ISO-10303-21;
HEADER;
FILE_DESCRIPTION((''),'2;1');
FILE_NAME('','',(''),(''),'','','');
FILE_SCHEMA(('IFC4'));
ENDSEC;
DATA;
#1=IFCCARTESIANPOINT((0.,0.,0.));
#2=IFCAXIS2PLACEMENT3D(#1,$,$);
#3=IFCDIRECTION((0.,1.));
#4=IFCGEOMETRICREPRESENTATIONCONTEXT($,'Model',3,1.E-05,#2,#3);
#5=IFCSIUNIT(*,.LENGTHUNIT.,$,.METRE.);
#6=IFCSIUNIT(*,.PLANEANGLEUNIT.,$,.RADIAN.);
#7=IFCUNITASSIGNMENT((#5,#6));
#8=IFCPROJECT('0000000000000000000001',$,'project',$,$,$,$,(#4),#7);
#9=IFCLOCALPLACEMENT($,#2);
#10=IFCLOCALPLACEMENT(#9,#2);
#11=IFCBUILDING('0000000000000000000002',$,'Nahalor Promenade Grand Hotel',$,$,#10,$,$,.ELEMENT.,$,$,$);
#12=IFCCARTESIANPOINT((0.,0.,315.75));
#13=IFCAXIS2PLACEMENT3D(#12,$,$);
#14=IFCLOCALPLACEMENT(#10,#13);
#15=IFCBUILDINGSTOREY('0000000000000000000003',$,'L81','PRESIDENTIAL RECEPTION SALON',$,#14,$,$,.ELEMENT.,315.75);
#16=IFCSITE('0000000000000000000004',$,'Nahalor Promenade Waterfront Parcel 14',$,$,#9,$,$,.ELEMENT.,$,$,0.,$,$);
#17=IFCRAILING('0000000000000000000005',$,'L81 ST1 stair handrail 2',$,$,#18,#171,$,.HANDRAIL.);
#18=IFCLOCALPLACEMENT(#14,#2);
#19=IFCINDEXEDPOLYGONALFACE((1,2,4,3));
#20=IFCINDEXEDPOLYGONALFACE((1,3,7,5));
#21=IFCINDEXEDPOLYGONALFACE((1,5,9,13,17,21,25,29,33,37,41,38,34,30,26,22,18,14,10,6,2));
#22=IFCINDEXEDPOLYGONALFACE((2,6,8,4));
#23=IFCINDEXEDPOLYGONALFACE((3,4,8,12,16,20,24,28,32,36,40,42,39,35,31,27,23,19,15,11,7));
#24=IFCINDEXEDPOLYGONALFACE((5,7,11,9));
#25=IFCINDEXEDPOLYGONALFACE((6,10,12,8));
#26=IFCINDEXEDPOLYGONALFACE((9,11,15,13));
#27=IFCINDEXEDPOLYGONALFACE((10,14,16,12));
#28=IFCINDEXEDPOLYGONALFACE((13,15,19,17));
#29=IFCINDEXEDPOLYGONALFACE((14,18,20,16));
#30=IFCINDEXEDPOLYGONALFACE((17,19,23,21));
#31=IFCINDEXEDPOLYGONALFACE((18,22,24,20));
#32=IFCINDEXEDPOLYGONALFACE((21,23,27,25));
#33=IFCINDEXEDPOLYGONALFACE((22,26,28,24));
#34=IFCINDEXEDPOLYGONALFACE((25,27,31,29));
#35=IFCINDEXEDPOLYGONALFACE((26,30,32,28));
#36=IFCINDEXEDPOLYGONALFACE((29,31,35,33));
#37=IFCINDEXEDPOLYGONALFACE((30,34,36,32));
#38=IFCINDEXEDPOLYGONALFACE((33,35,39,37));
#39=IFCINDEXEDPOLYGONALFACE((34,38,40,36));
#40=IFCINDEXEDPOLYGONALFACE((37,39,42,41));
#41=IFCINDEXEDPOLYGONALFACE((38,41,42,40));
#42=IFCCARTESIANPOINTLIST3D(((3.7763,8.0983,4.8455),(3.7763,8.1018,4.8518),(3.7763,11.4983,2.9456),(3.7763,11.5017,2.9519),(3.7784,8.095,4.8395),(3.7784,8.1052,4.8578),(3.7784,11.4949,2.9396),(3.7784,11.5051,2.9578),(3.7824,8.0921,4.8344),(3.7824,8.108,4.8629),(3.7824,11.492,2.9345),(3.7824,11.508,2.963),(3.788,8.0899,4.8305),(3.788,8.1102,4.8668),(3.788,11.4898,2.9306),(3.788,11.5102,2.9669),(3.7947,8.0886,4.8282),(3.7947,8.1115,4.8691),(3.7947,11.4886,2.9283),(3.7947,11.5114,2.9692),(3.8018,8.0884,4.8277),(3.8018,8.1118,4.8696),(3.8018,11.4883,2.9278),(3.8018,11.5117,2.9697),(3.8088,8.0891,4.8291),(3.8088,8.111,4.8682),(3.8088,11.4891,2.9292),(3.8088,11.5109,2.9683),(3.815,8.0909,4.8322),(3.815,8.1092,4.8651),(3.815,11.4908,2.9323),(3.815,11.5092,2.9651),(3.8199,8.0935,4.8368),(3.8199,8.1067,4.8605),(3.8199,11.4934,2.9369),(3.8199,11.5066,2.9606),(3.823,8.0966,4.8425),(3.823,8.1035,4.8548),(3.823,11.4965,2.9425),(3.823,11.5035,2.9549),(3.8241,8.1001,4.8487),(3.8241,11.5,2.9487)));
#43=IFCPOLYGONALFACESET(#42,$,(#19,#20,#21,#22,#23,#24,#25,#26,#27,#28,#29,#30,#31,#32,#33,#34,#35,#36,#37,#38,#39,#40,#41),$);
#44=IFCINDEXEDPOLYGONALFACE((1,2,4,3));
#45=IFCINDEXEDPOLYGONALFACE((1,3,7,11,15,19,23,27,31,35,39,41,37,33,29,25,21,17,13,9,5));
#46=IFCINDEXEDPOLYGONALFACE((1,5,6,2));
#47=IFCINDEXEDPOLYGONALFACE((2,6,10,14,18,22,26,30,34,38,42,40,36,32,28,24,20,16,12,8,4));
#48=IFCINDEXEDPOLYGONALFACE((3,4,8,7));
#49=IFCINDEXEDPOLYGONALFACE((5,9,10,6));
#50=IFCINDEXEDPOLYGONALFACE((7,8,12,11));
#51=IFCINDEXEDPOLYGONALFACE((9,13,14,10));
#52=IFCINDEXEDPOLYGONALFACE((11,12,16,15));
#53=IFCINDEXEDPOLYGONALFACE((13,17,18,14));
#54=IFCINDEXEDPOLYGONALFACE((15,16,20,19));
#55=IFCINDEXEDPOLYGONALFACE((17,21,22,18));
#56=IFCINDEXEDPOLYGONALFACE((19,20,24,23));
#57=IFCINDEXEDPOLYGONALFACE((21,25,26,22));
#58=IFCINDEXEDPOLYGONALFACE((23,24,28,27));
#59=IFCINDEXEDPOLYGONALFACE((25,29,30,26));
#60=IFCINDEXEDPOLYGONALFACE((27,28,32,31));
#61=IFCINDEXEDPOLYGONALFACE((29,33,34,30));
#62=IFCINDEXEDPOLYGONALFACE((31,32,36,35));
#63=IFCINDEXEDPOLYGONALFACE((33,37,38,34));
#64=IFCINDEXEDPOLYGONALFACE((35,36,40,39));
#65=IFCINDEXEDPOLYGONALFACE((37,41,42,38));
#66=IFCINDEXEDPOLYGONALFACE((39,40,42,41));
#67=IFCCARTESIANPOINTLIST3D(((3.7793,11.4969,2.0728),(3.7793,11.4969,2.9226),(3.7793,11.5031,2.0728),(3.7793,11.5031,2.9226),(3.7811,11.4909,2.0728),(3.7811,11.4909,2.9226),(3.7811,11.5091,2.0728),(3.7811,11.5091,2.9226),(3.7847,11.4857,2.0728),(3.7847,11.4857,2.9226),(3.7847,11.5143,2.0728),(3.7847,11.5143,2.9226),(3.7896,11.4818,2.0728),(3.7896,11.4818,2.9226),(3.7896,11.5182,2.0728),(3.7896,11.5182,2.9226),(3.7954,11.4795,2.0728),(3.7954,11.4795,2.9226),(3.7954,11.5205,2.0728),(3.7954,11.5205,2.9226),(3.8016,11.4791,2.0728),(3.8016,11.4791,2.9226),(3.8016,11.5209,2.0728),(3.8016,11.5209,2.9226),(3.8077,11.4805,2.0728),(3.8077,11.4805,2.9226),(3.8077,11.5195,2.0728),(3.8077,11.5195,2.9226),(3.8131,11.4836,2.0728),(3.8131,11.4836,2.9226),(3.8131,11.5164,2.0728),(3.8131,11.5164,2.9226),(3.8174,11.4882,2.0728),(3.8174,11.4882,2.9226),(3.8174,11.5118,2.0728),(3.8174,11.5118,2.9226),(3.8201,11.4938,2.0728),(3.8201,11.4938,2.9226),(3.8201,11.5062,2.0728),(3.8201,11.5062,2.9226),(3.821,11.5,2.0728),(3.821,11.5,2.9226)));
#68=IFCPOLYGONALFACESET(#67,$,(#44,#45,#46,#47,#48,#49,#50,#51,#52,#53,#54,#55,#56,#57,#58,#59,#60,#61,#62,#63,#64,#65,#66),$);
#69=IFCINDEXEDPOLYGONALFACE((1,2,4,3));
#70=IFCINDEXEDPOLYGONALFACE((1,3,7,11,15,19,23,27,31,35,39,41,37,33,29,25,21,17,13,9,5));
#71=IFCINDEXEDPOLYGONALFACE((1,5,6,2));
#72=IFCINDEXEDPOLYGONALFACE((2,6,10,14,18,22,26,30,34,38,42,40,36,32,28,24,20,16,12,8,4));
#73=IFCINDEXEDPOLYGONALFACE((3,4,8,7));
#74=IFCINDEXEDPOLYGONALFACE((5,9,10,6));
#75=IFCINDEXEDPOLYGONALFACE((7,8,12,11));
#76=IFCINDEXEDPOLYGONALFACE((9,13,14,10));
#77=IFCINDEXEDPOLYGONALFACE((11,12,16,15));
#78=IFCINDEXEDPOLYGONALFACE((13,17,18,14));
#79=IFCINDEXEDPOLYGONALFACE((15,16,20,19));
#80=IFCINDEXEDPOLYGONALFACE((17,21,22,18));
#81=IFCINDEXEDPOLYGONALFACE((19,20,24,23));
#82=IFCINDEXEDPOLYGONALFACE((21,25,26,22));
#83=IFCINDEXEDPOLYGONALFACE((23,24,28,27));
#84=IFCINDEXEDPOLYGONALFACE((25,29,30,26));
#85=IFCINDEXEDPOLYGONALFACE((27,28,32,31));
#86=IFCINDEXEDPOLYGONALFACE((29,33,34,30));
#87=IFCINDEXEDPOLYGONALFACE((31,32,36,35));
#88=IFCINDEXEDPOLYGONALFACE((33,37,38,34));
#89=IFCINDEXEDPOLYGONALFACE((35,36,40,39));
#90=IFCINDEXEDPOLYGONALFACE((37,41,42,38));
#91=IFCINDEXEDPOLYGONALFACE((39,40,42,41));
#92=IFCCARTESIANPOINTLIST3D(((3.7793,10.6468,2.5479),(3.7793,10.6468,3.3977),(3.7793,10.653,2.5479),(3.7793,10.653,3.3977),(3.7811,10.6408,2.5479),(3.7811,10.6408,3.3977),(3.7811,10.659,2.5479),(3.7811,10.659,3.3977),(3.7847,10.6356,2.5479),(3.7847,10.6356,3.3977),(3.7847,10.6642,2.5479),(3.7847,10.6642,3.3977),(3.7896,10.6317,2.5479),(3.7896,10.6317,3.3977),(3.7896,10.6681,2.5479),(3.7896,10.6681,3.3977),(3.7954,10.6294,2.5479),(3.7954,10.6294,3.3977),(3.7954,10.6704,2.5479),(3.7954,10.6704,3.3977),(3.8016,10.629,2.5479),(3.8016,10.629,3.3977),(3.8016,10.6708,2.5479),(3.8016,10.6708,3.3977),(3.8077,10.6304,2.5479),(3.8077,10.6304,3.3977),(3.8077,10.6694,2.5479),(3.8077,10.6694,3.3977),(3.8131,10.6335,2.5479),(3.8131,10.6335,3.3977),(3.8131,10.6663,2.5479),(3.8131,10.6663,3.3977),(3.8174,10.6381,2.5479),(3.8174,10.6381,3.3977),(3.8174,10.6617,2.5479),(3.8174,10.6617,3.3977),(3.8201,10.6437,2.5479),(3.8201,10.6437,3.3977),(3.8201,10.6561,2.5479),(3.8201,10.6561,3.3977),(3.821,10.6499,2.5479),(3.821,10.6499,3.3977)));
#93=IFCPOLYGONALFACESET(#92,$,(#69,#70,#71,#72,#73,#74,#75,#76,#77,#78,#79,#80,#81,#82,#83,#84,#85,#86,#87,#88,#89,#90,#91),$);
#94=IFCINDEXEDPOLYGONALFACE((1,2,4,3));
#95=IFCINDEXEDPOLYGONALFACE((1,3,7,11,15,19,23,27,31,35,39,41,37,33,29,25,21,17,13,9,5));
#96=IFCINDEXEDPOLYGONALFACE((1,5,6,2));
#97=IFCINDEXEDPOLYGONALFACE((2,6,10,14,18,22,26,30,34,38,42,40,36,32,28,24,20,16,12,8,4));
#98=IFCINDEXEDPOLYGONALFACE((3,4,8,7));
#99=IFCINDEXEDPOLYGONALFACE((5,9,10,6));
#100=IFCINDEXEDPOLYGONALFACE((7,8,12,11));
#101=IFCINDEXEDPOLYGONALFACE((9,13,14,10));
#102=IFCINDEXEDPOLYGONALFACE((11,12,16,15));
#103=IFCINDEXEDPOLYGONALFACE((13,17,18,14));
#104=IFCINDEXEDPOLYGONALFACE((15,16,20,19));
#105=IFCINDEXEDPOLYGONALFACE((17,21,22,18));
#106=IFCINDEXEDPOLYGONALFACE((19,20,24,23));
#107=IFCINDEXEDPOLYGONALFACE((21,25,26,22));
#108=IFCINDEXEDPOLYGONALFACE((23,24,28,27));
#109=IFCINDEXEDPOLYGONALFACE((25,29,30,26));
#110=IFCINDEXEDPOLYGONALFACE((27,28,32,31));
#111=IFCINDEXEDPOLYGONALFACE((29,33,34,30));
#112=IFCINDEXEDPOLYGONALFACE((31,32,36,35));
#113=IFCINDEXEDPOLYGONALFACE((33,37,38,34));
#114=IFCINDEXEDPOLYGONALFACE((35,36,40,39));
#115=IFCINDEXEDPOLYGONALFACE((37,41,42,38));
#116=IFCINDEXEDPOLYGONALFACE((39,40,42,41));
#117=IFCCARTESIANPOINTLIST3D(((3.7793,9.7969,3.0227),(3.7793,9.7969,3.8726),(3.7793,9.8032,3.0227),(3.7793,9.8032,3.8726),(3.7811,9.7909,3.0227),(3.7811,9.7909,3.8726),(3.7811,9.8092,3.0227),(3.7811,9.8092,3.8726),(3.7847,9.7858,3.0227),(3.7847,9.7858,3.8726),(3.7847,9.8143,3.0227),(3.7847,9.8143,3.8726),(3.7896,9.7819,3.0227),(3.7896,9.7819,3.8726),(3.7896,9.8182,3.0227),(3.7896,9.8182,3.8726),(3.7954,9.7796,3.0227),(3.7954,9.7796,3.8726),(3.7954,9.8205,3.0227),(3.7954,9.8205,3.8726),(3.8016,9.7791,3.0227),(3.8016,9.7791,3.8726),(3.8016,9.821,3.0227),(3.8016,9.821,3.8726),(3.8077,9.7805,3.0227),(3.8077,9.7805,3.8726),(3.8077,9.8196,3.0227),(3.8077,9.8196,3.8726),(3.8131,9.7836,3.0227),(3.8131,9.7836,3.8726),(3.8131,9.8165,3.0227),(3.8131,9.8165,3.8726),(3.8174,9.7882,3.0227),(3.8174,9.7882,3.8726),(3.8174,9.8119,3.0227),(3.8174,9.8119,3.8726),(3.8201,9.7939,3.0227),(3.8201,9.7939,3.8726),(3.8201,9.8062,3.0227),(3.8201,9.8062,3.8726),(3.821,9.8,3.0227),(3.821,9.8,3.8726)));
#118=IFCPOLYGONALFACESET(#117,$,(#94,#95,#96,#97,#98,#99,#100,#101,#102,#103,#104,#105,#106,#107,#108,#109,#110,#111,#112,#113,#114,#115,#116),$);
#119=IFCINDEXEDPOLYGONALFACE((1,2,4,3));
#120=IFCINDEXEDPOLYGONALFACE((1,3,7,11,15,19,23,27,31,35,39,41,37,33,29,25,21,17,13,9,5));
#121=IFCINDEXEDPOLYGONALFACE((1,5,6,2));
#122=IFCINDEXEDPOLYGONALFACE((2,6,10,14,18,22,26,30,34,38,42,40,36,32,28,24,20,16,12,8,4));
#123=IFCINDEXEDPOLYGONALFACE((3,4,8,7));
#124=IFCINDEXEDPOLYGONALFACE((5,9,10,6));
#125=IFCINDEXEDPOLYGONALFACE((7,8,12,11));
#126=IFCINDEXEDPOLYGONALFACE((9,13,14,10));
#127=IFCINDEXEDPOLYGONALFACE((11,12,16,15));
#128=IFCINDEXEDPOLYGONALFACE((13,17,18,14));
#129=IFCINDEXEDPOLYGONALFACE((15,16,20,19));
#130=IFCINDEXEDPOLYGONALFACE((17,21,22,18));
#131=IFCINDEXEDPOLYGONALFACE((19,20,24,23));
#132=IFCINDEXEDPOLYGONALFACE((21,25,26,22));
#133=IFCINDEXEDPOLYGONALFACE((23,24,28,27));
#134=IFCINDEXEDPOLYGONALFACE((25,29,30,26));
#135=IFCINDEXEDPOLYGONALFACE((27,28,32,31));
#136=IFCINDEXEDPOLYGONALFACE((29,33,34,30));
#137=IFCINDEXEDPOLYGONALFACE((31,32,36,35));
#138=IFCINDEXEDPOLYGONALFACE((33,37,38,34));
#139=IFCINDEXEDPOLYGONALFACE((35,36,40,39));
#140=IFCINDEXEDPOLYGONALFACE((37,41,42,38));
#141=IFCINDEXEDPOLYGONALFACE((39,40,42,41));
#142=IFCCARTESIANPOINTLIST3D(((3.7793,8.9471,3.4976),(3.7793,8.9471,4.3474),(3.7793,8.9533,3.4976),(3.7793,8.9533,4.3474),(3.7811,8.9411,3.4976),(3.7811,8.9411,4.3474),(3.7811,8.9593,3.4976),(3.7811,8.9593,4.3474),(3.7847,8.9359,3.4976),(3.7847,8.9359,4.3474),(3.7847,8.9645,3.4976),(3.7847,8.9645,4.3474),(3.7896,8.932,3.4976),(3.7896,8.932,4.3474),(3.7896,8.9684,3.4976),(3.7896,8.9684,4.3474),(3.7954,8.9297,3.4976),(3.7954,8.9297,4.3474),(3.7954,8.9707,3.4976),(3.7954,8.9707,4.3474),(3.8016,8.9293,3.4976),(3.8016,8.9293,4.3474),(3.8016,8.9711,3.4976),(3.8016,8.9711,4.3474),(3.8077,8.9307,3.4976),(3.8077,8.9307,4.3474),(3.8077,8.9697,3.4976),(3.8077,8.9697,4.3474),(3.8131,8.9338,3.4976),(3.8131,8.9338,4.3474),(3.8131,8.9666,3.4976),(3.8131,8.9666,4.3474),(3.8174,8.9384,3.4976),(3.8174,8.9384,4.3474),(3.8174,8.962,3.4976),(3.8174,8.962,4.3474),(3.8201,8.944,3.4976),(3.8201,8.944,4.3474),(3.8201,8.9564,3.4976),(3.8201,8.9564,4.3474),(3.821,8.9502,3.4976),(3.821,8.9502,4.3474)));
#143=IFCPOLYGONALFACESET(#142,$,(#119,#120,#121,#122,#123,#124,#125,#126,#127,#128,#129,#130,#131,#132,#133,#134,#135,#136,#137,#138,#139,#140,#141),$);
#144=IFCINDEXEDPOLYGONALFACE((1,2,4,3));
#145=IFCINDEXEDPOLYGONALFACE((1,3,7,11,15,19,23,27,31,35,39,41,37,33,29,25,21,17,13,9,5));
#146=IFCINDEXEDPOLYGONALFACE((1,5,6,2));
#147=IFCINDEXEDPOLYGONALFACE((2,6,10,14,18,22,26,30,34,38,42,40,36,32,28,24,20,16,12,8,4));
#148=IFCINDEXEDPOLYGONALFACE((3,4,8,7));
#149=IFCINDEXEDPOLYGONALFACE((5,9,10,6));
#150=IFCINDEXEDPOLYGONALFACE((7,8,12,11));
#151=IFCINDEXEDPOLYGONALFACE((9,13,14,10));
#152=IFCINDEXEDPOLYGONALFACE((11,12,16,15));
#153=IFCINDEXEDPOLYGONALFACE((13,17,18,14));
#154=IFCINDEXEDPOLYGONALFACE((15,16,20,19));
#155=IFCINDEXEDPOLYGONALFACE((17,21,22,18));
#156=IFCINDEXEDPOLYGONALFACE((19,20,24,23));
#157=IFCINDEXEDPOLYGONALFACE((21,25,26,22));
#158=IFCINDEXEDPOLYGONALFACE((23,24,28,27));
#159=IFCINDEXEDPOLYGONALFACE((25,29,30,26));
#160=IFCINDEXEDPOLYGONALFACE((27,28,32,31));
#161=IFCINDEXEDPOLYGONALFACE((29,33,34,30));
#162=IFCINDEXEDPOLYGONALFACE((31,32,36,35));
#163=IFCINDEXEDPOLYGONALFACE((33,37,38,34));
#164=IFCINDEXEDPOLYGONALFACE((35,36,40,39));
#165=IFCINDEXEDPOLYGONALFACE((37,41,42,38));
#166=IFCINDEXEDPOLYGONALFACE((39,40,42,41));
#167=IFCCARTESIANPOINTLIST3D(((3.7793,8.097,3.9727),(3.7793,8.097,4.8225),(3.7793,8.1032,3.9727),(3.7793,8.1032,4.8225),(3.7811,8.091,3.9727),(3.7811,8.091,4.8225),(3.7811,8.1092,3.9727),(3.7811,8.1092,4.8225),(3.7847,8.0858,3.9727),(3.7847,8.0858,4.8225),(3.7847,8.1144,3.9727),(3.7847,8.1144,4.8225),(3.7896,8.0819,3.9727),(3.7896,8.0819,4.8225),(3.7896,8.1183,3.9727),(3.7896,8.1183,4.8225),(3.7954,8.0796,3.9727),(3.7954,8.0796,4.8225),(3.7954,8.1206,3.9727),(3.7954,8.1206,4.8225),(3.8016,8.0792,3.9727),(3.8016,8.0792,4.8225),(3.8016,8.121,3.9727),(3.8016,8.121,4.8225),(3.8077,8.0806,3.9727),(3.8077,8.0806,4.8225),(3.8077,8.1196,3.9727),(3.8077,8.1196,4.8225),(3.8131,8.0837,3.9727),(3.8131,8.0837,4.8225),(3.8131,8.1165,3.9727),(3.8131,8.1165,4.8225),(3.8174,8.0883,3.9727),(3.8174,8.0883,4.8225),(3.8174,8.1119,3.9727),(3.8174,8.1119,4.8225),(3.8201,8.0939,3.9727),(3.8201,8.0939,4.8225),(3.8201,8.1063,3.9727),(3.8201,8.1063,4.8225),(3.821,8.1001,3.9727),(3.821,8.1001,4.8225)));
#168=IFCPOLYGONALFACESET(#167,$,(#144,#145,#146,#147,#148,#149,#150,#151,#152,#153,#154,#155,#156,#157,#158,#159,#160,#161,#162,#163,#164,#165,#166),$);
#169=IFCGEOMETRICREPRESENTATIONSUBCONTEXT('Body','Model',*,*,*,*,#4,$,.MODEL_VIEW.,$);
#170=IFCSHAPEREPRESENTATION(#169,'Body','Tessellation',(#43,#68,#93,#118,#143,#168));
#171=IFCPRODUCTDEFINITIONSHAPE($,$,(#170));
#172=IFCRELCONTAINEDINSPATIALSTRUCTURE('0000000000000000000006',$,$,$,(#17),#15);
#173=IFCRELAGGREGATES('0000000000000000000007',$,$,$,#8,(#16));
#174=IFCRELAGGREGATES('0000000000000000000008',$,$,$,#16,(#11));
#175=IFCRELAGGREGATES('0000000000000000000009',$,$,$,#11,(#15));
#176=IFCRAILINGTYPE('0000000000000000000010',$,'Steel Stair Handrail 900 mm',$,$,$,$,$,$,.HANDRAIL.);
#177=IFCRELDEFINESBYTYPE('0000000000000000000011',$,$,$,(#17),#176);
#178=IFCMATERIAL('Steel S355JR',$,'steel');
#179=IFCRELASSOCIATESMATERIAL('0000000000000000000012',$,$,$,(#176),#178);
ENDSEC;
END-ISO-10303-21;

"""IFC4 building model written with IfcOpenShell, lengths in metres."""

from ifc_helpers import new_model, si_unit, direction, frame, origin, origin_2d, place, context, subcontext, project, spatial, circle, extrude, material, type_object, element, save


model = new_model("IFC4")

# Units and contexts
model_context = context("Model", 3, precision=1e-05, world=origin(), true_north=direction((0.0, 1.0)))
body_context = subcontext(model_context, "Body", "Model", "MODEL_VIEW")
ifc_project = project(units=[si_unit("LENGTHUNIT", "METRE"), si_unit("PLANEANGLEUNIT", "RADIAN")], contexts=[model_context])

# Site, building, storey
site_placement = place(None, origin())
site = spatial("IfcSite", under=ifc_project, at=site_placement, Name="Nahalor Promenade Waterfront Parcel 14", CompositionType="ELEMENT", RefElevation=0.0)
building_placement = place(site_placement, origin())
building = spatial("IfcBuilding", under=site, at=building_placement, Name="Nahalor Promenade Grand Hotel", CompositionType="ELEMENT")
storey_placement = place(building_placement, frame((0.0, 0.0, 315.75)))
storey = spatial("IfcBuildingStorey", under=building, at=storey_placement, Name="L81", Description="PRESIDENTIAL RECEPTION SALON", CompositionType="ELEMENT", Elevation=315.75)

# Shared definitions
ifc_material_1 = material(Name="Steel S355JR", Category="steel")

# Railing
railing_type_1 = type_object("IfcRailingType", Name="Steel Stair Handrail 900 mm", PredefinedType="HANDRAIL", material=ifc_material_1)
railing_1_placement = place(storey_placement, frame((3.8, 11.5, 2.0728)))
element("IfcRailing", 1, at=railing_1_placement, inside=storey, type_object=railing_type_1, Name="L81 ST1 stair handrail 2", PredefinedType="HANDRAIL", context=body_context, shape_type="SweptSolid", body=[
    extrude(circle(Radius=0.024, at=origin_2d()), frame((0.0, 0.0, 0.876), z_axis=(0.0, -0.872948, 0.487813), x_axis=(1.0, 0.0, 0.0)), (0.0, 0.0, 1.0), 3.8948),
    extrude(circle(Radius=0.021, at=origin_2d()), origin(), (0.0, 0.0, 1.0), 0.8499),
    extrude(circle(Radius=0.021, at=origin_2d()), frame((0.0, -0.8501, 0.4751)), (0.0, 0.0, 1.0), 0.8499),
    extrude(circle(Radius=0.021, at=origin_2d()), frame((0.0, -1.7, 0.95)), (0.0, 0.0, 1.0), 0.8499),
    extrude(circle(Radius=0.021, at=origin_2d()), frame((0.0, -2.5498, 1.4248)), (0.0, 0.0, 1.0), 0.8499),
    extrude(circle(Radius=0.021, at=origin_2d()), frame((0.0, -3.3999, 1.8999)), (0.0, 0.0, 1.0), 0.8499),
])

save(model, "model.ifc")
